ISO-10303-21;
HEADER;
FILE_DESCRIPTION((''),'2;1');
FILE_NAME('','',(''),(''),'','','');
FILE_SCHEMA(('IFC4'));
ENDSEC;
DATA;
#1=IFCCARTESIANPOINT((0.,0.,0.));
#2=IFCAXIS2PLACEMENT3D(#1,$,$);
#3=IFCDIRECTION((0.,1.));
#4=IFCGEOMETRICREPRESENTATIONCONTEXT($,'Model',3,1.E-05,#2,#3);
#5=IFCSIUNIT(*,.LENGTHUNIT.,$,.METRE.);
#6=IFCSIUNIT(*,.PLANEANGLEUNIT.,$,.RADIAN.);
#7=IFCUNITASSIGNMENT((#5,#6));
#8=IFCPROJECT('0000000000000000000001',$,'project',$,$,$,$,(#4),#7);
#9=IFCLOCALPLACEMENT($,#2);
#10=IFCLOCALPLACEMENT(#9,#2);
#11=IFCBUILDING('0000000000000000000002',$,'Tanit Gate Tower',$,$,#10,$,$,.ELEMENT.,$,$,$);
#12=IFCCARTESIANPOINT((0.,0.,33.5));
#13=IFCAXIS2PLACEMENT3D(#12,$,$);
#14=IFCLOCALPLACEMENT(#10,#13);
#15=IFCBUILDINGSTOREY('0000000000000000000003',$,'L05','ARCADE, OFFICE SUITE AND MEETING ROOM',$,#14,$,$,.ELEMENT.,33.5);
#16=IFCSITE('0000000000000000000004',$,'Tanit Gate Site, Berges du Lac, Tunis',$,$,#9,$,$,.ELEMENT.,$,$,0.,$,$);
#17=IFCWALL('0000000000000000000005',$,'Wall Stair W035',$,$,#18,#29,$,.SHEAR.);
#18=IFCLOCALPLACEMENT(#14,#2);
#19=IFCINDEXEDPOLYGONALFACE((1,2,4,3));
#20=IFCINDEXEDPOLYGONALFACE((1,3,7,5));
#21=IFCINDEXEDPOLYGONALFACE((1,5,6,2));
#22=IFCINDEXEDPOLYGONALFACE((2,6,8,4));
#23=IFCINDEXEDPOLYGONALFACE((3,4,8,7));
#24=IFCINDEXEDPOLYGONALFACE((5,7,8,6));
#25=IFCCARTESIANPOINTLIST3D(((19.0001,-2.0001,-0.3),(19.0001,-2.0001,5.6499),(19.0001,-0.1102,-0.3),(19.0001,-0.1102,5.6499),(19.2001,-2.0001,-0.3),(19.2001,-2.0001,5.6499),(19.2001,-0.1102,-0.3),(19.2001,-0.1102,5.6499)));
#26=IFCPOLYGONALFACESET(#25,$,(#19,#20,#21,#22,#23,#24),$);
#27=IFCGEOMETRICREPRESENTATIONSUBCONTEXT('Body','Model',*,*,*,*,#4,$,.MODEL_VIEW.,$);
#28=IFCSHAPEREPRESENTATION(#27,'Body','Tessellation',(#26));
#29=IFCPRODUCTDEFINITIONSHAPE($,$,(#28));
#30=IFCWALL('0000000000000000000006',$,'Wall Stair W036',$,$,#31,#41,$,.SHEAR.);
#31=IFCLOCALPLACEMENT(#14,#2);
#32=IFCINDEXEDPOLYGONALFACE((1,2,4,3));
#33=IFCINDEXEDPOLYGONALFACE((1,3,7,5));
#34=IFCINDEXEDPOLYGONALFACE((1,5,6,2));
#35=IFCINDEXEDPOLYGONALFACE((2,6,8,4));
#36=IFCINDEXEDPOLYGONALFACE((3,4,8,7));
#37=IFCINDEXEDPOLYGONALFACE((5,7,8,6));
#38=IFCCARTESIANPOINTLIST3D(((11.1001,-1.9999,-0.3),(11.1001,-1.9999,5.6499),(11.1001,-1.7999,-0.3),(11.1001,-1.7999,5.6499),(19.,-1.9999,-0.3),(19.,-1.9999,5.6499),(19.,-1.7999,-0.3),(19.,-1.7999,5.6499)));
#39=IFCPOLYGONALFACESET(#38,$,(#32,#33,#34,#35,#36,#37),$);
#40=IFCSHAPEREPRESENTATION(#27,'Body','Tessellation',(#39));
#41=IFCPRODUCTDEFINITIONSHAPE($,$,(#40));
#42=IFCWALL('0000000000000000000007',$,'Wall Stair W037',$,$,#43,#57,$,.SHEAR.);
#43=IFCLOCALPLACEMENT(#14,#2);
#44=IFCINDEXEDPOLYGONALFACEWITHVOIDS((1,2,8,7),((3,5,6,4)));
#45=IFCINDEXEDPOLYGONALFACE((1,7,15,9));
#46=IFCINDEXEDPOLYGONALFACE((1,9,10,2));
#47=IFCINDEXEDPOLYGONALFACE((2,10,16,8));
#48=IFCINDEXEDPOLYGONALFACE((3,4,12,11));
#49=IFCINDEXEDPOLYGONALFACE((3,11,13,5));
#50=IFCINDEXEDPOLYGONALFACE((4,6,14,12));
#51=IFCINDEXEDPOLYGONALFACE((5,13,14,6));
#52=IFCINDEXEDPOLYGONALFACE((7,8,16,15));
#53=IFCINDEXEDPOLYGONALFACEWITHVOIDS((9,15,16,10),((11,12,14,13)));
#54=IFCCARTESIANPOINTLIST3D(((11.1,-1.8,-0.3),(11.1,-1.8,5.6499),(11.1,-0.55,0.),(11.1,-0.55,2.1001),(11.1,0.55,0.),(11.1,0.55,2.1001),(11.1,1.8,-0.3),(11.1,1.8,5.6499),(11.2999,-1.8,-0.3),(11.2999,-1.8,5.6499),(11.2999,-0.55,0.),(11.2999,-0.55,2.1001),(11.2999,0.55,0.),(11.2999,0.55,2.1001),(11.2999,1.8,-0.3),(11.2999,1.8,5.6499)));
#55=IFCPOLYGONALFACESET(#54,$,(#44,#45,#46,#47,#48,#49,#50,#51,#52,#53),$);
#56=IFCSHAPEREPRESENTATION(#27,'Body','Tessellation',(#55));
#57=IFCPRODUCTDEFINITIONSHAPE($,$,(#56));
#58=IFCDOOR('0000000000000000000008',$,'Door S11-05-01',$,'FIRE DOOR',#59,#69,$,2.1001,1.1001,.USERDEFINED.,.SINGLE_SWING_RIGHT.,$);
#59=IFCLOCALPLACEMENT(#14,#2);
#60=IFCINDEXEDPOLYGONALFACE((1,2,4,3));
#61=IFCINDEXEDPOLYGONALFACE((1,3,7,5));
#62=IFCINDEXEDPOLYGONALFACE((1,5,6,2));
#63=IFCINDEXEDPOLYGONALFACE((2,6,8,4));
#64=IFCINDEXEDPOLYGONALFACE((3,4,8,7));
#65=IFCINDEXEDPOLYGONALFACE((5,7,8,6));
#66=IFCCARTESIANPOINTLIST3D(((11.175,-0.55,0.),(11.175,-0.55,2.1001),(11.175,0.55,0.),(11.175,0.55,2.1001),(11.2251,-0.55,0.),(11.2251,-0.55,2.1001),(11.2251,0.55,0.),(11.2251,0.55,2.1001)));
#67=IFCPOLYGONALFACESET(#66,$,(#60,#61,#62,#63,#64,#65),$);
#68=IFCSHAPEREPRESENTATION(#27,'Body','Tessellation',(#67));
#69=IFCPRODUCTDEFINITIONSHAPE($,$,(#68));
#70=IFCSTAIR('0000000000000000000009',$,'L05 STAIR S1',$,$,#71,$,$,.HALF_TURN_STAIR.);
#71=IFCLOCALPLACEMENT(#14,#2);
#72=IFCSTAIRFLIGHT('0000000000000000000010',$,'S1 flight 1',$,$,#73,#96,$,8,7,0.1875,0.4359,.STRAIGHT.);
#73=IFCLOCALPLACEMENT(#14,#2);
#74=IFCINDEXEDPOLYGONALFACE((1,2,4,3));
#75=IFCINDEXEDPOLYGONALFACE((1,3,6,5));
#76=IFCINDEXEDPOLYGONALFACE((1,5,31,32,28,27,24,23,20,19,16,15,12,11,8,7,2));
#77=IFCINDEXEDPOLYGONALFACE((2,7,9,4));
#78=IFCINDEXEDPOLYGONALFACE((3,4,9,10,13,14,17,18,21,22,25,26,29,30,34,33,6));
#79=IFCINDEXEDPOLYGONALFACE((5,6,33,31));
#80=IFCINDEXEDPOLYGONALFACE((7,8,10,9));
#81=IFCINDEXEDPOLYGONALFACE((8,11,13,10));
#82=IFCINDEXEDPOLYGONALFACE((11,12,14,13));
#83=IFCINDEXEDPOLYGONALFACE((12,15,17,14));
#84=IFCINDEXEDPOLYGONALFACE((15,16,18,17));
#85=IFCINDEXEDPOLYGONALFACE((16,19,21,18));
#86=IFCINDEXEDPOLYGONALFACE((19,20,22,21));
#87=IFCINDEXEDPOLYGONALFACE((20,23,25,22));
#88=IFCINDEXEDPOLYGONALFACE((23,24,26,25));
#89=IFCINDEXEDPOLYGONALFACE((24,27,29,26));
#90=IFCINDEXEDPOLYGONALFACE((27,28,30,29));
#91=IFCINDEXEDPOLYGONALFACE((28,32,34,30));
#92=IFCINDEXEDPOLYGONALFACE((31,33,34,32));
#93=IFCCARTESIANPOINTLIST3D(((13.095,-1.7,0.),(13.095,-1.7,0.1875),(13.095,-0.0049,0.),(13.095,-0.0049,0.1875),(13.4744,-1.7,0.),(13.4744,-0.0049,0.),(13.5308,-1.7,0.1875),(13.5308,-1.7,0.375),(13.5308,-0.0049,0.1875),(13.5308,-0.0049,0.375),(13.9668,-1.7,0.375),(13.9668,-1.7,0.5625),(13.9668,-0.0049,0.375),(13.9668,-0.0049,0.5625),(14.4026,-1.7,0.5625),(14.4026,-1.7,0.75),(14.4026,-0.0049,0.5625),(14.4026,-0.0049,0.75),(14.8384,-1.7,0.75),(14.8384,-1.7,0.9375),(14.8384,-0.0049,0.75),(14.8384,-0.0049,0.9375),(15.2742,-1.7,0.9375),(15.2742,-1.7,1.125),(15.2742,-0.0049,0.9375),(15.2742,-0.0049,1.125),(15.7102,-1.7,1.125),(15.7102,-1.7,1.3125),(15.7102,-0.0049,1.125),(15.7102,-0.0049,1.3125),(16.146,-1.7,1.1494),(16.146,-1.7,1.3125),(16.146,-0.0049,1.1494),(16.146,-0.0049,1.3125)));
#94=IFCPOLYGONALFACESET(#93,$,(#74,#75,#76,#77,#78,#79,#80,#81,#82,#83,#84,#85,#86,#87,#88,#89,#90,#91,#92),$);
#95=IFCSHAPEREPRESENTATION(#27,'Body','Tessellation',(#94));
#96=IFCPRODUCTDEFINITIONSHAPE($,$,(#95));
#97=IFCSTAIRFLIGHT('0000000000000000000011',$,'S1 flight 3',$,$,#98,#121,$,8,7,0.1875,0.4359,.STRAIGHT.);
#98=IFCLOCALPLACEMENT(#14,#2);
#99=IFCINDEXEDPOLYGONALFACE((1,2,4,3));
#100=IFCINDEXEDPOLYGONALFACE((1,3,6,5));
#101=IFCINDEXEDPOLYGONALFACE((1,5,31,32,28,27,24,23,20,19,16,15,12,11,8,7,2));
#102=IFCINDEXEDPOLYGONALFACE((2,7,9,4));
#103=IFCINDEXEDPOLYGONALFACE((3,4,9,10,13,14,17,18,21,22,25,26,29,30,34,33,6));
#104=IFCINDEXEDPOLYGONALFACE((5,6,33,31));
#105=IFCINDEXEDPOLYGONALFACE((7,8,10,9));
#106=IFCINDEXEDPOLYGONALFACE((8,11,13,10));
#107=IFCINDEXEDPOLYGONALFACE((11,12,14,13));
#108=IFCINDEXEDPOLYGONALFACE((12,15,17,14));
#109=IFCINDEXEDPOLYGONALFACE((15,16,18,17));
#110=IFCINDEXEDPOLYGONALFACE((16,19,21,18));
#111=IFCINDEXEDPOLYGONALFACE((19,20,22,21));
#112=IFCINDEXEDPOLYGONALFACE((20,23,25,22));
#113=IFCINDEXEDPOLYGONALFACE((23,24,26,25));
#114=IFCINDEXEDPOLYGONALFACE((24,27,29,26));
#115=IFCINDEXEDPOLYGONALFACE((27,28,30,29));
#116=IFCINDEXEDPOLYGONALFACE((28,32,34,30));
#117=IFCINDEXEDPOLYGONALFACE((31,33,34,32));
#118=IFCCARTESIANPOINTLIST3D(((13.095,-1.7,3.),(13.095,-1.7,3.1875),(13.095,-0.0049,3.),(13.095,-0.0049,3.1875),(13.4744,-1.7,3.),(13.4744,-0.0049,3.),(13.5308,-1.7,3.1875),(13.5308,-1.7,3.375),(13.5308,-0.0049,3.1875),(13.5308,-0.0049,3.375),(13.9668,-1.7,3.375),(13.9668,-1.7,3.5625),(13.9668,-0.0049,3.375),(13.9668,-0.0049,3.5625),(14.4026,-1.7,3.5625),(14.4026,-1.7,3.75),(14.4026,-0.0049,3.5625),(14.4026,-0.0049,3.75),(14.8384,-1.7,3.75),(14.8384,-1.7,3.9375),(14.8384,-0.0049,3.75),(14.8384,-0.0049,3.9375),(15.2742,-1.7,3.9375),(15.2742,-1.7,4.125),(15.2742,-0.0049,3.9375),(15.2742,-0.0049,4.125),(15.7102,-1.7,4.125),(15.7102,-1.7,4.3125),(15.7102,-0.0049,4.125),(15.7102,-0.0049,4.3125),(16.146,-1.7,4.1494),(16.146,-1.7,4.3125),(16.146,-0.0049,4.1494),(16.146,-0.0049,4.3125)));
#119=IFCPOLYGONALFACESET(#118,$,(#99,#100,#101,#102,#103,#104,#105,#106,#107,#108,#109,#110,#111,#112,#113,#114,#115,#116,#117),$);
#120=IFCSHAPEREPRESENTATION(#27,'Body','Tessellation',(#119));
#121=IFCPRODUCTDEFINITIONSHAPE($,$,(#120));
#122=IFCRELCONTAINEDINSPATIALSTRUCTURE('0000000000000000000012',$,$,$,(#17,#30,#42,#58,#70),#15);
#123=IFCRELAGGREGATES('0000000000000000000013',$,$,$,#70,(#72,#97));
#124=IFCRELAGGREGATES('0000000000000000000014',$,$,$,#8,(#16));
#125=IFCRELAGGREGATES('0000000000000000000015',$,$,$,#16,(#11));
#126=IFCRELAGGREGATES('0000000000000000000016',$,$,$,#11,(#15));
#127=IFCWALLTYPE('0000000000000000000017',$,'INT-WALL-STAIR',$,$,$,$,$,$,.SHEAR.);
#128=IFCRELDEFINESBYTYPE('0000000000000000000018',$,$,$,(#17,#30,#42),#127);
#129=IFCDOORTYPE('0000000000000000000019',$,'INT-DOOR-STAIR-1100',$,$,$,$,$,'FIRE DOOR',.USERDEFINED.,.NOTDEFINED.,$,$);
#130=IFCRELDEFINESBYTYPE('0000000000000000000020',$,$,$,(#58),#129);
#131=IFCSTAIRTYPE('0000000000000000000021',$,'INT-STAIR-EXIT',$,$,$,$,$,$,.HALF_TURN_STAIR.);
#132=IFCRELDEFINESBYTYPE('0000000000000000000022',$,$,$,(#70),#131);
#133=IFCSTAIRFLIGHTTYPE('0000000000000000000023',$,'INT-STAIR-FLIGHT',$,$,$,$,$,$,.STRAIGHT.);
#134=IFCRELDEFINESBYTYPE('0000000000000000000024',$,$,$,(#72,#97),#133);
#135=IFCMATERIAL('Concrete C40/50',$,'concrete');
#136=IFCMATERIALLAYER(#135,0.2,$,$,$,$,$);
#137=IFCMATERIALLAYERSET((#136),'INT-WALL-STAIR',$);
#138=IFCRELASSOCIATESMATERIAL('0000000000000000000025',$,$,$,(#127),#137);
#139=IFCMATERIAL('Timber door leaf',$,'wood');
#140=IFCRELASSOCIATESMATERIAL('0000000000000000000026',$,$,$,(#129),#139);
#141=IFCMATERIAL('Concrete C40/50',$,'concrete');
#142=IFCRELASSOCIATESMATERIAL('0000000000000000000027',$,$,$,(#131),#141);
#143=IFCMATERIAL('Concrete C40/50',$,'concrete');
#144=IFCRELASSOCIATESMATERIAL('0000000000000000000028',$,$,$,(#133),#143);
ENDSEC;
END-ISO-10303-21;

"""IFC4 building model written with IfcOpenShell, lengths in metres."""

from ifc_helpers import new_model, si_unit, direction, frame, frame_2d, origin, place, context, subcontext, project, spatial, polyline, rectangle, outline, extrude, material, layer, layer_set, type_object, element, fill, aggregate, save


model = new_model("IFC4")

# Units and contexts
model_context = context("Model", 3, precision=1e-05, world=origin(), true_north=direction((0.0, 1.0)))
body_context = subcontext(model_context, "Body", "Model", "MODEL_VIEW")
ifc_project = project(units=[si_unit("LENGTHUNIT", "METRE"), si_unit("PLANEANGLEUNIT", "RADIAN")], contexts=[model_context])

# Site, building, storey
site_placement = place(None, origin())
site = spatial("IfcSite", under=ifc_project, at=site_placement, Name="Tanit Gate Site, Berges du Lac, Tunis", CompositionType="ELEMENT", RefElevation=0.0)
building_placement = place(site_placement, origin())
building = spatial("IfcBuilding", under=site, at=building_placement, Name="Tanit Gate Tower", CompositionType="ELEMENT")
storey_placement = place(building_placement, frame((0.0, 0.0, 33.5)))
storey = spatial("IfcBuildingStorey", under=building, at=storey_placement, Name="L05", Description="ARCADE, OFFICE SUITE AND MEETING ROOM", CompositionType="ELEMENT", Elevation=33.5)

# Walls
ifc_material_1 = material(Name="Concrete C40/50", Category="concrete")
ifc_layer_1 = layer(ifc_material_1, 0.2)
ifc_layer_set_1 = layer_set([ifc_layer_1], Name="INT-WALL-STAIR")
wall_type_1 = type_object("IfcWallType", Name="INT-WALL-STAIR", PredefinedType="SHEAR", material=ifc_layer_set_1)
wall_1_placement = place(storey_placement, frame((19.1001, -2.0, -0.3), z_axis=(0.0, 0.0, 1.0), x_axis=(0.0, 1.0, 0.0)))
element("IfcWall", 1, at=wall_1_placement, inside=storey, type_object=wall_type_1, Name="Wall Stair W035", PredefinedType="SHEAR", context=body_context, shape_type="SweptSolid", body=[
    extrude(rectangle(XDim=1.8899, YDim=0.2, at=frame_2d((0.9448, 0.0))), origin(), (0.0, 0.0, 1.0), 5.95),
])
wall_2_placement = place(storey_placement, frame((11.1001, -1.8999, -0.3), z_axis=(0.0, 0.0, 1.0), x_axis=(1.0, 0.0, 0.0)))
element("IfcWall", 2, at=wall_2_placement, inside=storey, type_object=wall_type_1, Name="Wall Stair W036", PredefinedType="SHEAR", context=body_context, shape_type="SweptSolid", body=[
    extrude(rectangle(XDim=7.8999, YDim=0.2, at=frame_2d((3.95, 0.0))), origin(), (0.0, 0.0, 1.0), 5.95),
])

# Wall, opening, door
wall_3_placement = place(storey_placement, frame((11.2, -1.8, -0.3), z_axis=(0.0, 0.0, 1.0), x_axis=(0.0, 1.0, 0.0)))
wall_3 = element("IfcWall", 3, at=wall_3_placement, inside=storey, type_object=wall_type_1, Name="Wall Stair W037", PredefinedType="SHEAR", context=body_context, shape_type="SweptSolid", body=[
    extrude(rectangle(XDim=3.6001, YDim=0.2, at=frame_2d((1.8, 0.0))), origin(), (0.0, 0.0, 1.0), 5.95),
])
opening_1_placement = place(wall_3_placement, frame((1.25, 0.0, 0.3)))
opening_1 = element("IfcOpeningElement", 4, at=opening_1_placement, cuts=wall_3, PredefinedType="OPENING", context=body_context, shape_type="SweptSolid", body=[
    extrude(rectangle(XDim=1.1001, YDim=2.1001, at=frame_2d((0.55, 1.05))), frame((0.0, 0.1099, 0.0), z_axis=(0.0, -1.0, 0.0), x_axis=(1.0, 0.0, 0.0)), (0.0, 0.0, 1.0), 0.22),
])
ifc_material_2 = material(Name="Timber door leaf", Category="wood")
door_type_1 = type_object("IfcDoorType", Name="INT-DOOR-STAIR-1100", ElementType="FIRE DOOR", OperationType="NOTDEFINED", PredefinedType="USERDEFINED", material=ifc_material_2)
door_1_placement = place(opening_1_placement, origin())
door_1 = element("IfcDoor", 5, at=door_1_placement, inside=storey, type_object=door_type_1, Name="Door S11-05-01", ObjectType="FIRE DOOR", OperationType="SINGLE_SWING_RIGHT", OverallHeight=2.1001, OverallWidth=1.1001, PredefinedType="USERDEFINED", context=body_context, shape_type="SweptSolid", body=[
    extrude(rectangle(XDim=1.1001, YDim=2.1001, at=frame_2d((0.55, 1.05))), frame((0.0, 0.0249, 0.0), z_axis=(0.0, -1.0, 0.0), x_axis=(1.0, 0.0, 0.0)), (0.0, 0.0, 1.0), 0.05),
])
fill(opening_1, door_1)

# Stair, stair flights
ifc_material_3 = material(Name="Concrete C40/50", Category="concrete")
stair_type = type_object("IfcStairType", Name="INT-STAIR-EXIT", PredefinedType="HALF_TURN_STAIR", material=ifc_material_3)
stair_placement = place(storey_placement, origin())
stair = element("IfcStair", 6, at=stair_placement, inside=storey, type_object=stair_type, Name="L05 STAIR S1", PredefinedType="HALF_TURN_STAIR")
ifc_material_4 = material(Name="Concrete C40/50", Category="concrete")
stair_flight_type = type_object("IfcStairFlightType", Name="INT-STAIR-FLIGHT", PredefinedType="STRAIGHT", material=ifc_material_4)
stair_flight_1_placement = place(storey_placement, frame((13.095, -0.8525, 0.0), z_axis=(0.0, 0.0, 1.0), x_axis=(1.0, 0.0, 0.0)))
stair_flight_1 = element("IfcStairFlight", 7, at=stair_flight_1_placement, type_object=stair_flight_type, Name="S1 flight 1", NumberOfRisers=8, NumberOfTreads=7, PredefinedType="STRAIGHT", RiserHeight=0.1875, TreadLength=0.4359, context=body_context, shape_type="SweptSolid", body=[
    extrude(outline(polyline([(0.0, 0.0), (0.0, 0.1875), (0.4358, 0.1875), (0.4358, 0.375), (0.8718, 0.375), (0.8718, 0.5625), (1.3076, 0.5625), (1.3076, 0.75), (1.7434, 0.75), (1.7434, 0.9375), (2.1792, 0.9375), (2.1792, 1.125), (2.6152, 1.125), (2.6152, 1.3125), (3.051, 1.3125), (3.051, 1.5), (3.051, 1.1494), (0.3794, 0.0), (0.0, 0.0)])), frame((0.0, 0.8477, 0.0), z_axis=(0.0, -1.0, 0.0), x_axis=(1.0, 0.0, 0.0)), (0.0, 0.0, 1.0), 1.6951),
])
stair_flight_2_placement = place(storey_placement, frame((13.095, -0.8525, 3.0), z_axis=(0.0, 0.0, 1.0), x_axis=(1.0, 0.0, 0.0)))
stair_flight_2 = element("IfcStairFlight", 8, at=stair_flight_2_placement, type_object=stair_flight_type, Name="S1 flight 3", NumberOfRisers=8, NumberOfTreads=7, PredefinedType="STRAIGHT", RiserHeight=0.1875, TreadLength=0.4359, context=body_context, shape_type="SweptSolid", body=[
    extrude(outline(polyline([(0.0, 0.0), (0.0, 0.1875), (0.4358, 0.1875), (0.4358, 0.375), (0.8718, 0.375), (0.8718, 0.5625), (1.3076, 0.5625), (1.3076, 0.75), (1.7434, 0.75), (1.7434, 0.9375), (2.1792, 0.9375), (2.1792, 1.125), (2.6152, 1.125), (2.6152, 1.3125), (3.051, 1.3125), (3.051, 1.5), (3.051, 1.1494), (0.3794, 0.0), (0.0, 0.0)])), frame((0.0, 0.8477, 0.0), z_axis=(0.0, -1.0, 0.0), x_axis=(1.0, 0.0, 0.0)), (0.0, 0.0, 1.0), 1.6951),
])
aggregate(stair, [stair_flight_1, stair_flight_2])

save(model, "model.ifc")
